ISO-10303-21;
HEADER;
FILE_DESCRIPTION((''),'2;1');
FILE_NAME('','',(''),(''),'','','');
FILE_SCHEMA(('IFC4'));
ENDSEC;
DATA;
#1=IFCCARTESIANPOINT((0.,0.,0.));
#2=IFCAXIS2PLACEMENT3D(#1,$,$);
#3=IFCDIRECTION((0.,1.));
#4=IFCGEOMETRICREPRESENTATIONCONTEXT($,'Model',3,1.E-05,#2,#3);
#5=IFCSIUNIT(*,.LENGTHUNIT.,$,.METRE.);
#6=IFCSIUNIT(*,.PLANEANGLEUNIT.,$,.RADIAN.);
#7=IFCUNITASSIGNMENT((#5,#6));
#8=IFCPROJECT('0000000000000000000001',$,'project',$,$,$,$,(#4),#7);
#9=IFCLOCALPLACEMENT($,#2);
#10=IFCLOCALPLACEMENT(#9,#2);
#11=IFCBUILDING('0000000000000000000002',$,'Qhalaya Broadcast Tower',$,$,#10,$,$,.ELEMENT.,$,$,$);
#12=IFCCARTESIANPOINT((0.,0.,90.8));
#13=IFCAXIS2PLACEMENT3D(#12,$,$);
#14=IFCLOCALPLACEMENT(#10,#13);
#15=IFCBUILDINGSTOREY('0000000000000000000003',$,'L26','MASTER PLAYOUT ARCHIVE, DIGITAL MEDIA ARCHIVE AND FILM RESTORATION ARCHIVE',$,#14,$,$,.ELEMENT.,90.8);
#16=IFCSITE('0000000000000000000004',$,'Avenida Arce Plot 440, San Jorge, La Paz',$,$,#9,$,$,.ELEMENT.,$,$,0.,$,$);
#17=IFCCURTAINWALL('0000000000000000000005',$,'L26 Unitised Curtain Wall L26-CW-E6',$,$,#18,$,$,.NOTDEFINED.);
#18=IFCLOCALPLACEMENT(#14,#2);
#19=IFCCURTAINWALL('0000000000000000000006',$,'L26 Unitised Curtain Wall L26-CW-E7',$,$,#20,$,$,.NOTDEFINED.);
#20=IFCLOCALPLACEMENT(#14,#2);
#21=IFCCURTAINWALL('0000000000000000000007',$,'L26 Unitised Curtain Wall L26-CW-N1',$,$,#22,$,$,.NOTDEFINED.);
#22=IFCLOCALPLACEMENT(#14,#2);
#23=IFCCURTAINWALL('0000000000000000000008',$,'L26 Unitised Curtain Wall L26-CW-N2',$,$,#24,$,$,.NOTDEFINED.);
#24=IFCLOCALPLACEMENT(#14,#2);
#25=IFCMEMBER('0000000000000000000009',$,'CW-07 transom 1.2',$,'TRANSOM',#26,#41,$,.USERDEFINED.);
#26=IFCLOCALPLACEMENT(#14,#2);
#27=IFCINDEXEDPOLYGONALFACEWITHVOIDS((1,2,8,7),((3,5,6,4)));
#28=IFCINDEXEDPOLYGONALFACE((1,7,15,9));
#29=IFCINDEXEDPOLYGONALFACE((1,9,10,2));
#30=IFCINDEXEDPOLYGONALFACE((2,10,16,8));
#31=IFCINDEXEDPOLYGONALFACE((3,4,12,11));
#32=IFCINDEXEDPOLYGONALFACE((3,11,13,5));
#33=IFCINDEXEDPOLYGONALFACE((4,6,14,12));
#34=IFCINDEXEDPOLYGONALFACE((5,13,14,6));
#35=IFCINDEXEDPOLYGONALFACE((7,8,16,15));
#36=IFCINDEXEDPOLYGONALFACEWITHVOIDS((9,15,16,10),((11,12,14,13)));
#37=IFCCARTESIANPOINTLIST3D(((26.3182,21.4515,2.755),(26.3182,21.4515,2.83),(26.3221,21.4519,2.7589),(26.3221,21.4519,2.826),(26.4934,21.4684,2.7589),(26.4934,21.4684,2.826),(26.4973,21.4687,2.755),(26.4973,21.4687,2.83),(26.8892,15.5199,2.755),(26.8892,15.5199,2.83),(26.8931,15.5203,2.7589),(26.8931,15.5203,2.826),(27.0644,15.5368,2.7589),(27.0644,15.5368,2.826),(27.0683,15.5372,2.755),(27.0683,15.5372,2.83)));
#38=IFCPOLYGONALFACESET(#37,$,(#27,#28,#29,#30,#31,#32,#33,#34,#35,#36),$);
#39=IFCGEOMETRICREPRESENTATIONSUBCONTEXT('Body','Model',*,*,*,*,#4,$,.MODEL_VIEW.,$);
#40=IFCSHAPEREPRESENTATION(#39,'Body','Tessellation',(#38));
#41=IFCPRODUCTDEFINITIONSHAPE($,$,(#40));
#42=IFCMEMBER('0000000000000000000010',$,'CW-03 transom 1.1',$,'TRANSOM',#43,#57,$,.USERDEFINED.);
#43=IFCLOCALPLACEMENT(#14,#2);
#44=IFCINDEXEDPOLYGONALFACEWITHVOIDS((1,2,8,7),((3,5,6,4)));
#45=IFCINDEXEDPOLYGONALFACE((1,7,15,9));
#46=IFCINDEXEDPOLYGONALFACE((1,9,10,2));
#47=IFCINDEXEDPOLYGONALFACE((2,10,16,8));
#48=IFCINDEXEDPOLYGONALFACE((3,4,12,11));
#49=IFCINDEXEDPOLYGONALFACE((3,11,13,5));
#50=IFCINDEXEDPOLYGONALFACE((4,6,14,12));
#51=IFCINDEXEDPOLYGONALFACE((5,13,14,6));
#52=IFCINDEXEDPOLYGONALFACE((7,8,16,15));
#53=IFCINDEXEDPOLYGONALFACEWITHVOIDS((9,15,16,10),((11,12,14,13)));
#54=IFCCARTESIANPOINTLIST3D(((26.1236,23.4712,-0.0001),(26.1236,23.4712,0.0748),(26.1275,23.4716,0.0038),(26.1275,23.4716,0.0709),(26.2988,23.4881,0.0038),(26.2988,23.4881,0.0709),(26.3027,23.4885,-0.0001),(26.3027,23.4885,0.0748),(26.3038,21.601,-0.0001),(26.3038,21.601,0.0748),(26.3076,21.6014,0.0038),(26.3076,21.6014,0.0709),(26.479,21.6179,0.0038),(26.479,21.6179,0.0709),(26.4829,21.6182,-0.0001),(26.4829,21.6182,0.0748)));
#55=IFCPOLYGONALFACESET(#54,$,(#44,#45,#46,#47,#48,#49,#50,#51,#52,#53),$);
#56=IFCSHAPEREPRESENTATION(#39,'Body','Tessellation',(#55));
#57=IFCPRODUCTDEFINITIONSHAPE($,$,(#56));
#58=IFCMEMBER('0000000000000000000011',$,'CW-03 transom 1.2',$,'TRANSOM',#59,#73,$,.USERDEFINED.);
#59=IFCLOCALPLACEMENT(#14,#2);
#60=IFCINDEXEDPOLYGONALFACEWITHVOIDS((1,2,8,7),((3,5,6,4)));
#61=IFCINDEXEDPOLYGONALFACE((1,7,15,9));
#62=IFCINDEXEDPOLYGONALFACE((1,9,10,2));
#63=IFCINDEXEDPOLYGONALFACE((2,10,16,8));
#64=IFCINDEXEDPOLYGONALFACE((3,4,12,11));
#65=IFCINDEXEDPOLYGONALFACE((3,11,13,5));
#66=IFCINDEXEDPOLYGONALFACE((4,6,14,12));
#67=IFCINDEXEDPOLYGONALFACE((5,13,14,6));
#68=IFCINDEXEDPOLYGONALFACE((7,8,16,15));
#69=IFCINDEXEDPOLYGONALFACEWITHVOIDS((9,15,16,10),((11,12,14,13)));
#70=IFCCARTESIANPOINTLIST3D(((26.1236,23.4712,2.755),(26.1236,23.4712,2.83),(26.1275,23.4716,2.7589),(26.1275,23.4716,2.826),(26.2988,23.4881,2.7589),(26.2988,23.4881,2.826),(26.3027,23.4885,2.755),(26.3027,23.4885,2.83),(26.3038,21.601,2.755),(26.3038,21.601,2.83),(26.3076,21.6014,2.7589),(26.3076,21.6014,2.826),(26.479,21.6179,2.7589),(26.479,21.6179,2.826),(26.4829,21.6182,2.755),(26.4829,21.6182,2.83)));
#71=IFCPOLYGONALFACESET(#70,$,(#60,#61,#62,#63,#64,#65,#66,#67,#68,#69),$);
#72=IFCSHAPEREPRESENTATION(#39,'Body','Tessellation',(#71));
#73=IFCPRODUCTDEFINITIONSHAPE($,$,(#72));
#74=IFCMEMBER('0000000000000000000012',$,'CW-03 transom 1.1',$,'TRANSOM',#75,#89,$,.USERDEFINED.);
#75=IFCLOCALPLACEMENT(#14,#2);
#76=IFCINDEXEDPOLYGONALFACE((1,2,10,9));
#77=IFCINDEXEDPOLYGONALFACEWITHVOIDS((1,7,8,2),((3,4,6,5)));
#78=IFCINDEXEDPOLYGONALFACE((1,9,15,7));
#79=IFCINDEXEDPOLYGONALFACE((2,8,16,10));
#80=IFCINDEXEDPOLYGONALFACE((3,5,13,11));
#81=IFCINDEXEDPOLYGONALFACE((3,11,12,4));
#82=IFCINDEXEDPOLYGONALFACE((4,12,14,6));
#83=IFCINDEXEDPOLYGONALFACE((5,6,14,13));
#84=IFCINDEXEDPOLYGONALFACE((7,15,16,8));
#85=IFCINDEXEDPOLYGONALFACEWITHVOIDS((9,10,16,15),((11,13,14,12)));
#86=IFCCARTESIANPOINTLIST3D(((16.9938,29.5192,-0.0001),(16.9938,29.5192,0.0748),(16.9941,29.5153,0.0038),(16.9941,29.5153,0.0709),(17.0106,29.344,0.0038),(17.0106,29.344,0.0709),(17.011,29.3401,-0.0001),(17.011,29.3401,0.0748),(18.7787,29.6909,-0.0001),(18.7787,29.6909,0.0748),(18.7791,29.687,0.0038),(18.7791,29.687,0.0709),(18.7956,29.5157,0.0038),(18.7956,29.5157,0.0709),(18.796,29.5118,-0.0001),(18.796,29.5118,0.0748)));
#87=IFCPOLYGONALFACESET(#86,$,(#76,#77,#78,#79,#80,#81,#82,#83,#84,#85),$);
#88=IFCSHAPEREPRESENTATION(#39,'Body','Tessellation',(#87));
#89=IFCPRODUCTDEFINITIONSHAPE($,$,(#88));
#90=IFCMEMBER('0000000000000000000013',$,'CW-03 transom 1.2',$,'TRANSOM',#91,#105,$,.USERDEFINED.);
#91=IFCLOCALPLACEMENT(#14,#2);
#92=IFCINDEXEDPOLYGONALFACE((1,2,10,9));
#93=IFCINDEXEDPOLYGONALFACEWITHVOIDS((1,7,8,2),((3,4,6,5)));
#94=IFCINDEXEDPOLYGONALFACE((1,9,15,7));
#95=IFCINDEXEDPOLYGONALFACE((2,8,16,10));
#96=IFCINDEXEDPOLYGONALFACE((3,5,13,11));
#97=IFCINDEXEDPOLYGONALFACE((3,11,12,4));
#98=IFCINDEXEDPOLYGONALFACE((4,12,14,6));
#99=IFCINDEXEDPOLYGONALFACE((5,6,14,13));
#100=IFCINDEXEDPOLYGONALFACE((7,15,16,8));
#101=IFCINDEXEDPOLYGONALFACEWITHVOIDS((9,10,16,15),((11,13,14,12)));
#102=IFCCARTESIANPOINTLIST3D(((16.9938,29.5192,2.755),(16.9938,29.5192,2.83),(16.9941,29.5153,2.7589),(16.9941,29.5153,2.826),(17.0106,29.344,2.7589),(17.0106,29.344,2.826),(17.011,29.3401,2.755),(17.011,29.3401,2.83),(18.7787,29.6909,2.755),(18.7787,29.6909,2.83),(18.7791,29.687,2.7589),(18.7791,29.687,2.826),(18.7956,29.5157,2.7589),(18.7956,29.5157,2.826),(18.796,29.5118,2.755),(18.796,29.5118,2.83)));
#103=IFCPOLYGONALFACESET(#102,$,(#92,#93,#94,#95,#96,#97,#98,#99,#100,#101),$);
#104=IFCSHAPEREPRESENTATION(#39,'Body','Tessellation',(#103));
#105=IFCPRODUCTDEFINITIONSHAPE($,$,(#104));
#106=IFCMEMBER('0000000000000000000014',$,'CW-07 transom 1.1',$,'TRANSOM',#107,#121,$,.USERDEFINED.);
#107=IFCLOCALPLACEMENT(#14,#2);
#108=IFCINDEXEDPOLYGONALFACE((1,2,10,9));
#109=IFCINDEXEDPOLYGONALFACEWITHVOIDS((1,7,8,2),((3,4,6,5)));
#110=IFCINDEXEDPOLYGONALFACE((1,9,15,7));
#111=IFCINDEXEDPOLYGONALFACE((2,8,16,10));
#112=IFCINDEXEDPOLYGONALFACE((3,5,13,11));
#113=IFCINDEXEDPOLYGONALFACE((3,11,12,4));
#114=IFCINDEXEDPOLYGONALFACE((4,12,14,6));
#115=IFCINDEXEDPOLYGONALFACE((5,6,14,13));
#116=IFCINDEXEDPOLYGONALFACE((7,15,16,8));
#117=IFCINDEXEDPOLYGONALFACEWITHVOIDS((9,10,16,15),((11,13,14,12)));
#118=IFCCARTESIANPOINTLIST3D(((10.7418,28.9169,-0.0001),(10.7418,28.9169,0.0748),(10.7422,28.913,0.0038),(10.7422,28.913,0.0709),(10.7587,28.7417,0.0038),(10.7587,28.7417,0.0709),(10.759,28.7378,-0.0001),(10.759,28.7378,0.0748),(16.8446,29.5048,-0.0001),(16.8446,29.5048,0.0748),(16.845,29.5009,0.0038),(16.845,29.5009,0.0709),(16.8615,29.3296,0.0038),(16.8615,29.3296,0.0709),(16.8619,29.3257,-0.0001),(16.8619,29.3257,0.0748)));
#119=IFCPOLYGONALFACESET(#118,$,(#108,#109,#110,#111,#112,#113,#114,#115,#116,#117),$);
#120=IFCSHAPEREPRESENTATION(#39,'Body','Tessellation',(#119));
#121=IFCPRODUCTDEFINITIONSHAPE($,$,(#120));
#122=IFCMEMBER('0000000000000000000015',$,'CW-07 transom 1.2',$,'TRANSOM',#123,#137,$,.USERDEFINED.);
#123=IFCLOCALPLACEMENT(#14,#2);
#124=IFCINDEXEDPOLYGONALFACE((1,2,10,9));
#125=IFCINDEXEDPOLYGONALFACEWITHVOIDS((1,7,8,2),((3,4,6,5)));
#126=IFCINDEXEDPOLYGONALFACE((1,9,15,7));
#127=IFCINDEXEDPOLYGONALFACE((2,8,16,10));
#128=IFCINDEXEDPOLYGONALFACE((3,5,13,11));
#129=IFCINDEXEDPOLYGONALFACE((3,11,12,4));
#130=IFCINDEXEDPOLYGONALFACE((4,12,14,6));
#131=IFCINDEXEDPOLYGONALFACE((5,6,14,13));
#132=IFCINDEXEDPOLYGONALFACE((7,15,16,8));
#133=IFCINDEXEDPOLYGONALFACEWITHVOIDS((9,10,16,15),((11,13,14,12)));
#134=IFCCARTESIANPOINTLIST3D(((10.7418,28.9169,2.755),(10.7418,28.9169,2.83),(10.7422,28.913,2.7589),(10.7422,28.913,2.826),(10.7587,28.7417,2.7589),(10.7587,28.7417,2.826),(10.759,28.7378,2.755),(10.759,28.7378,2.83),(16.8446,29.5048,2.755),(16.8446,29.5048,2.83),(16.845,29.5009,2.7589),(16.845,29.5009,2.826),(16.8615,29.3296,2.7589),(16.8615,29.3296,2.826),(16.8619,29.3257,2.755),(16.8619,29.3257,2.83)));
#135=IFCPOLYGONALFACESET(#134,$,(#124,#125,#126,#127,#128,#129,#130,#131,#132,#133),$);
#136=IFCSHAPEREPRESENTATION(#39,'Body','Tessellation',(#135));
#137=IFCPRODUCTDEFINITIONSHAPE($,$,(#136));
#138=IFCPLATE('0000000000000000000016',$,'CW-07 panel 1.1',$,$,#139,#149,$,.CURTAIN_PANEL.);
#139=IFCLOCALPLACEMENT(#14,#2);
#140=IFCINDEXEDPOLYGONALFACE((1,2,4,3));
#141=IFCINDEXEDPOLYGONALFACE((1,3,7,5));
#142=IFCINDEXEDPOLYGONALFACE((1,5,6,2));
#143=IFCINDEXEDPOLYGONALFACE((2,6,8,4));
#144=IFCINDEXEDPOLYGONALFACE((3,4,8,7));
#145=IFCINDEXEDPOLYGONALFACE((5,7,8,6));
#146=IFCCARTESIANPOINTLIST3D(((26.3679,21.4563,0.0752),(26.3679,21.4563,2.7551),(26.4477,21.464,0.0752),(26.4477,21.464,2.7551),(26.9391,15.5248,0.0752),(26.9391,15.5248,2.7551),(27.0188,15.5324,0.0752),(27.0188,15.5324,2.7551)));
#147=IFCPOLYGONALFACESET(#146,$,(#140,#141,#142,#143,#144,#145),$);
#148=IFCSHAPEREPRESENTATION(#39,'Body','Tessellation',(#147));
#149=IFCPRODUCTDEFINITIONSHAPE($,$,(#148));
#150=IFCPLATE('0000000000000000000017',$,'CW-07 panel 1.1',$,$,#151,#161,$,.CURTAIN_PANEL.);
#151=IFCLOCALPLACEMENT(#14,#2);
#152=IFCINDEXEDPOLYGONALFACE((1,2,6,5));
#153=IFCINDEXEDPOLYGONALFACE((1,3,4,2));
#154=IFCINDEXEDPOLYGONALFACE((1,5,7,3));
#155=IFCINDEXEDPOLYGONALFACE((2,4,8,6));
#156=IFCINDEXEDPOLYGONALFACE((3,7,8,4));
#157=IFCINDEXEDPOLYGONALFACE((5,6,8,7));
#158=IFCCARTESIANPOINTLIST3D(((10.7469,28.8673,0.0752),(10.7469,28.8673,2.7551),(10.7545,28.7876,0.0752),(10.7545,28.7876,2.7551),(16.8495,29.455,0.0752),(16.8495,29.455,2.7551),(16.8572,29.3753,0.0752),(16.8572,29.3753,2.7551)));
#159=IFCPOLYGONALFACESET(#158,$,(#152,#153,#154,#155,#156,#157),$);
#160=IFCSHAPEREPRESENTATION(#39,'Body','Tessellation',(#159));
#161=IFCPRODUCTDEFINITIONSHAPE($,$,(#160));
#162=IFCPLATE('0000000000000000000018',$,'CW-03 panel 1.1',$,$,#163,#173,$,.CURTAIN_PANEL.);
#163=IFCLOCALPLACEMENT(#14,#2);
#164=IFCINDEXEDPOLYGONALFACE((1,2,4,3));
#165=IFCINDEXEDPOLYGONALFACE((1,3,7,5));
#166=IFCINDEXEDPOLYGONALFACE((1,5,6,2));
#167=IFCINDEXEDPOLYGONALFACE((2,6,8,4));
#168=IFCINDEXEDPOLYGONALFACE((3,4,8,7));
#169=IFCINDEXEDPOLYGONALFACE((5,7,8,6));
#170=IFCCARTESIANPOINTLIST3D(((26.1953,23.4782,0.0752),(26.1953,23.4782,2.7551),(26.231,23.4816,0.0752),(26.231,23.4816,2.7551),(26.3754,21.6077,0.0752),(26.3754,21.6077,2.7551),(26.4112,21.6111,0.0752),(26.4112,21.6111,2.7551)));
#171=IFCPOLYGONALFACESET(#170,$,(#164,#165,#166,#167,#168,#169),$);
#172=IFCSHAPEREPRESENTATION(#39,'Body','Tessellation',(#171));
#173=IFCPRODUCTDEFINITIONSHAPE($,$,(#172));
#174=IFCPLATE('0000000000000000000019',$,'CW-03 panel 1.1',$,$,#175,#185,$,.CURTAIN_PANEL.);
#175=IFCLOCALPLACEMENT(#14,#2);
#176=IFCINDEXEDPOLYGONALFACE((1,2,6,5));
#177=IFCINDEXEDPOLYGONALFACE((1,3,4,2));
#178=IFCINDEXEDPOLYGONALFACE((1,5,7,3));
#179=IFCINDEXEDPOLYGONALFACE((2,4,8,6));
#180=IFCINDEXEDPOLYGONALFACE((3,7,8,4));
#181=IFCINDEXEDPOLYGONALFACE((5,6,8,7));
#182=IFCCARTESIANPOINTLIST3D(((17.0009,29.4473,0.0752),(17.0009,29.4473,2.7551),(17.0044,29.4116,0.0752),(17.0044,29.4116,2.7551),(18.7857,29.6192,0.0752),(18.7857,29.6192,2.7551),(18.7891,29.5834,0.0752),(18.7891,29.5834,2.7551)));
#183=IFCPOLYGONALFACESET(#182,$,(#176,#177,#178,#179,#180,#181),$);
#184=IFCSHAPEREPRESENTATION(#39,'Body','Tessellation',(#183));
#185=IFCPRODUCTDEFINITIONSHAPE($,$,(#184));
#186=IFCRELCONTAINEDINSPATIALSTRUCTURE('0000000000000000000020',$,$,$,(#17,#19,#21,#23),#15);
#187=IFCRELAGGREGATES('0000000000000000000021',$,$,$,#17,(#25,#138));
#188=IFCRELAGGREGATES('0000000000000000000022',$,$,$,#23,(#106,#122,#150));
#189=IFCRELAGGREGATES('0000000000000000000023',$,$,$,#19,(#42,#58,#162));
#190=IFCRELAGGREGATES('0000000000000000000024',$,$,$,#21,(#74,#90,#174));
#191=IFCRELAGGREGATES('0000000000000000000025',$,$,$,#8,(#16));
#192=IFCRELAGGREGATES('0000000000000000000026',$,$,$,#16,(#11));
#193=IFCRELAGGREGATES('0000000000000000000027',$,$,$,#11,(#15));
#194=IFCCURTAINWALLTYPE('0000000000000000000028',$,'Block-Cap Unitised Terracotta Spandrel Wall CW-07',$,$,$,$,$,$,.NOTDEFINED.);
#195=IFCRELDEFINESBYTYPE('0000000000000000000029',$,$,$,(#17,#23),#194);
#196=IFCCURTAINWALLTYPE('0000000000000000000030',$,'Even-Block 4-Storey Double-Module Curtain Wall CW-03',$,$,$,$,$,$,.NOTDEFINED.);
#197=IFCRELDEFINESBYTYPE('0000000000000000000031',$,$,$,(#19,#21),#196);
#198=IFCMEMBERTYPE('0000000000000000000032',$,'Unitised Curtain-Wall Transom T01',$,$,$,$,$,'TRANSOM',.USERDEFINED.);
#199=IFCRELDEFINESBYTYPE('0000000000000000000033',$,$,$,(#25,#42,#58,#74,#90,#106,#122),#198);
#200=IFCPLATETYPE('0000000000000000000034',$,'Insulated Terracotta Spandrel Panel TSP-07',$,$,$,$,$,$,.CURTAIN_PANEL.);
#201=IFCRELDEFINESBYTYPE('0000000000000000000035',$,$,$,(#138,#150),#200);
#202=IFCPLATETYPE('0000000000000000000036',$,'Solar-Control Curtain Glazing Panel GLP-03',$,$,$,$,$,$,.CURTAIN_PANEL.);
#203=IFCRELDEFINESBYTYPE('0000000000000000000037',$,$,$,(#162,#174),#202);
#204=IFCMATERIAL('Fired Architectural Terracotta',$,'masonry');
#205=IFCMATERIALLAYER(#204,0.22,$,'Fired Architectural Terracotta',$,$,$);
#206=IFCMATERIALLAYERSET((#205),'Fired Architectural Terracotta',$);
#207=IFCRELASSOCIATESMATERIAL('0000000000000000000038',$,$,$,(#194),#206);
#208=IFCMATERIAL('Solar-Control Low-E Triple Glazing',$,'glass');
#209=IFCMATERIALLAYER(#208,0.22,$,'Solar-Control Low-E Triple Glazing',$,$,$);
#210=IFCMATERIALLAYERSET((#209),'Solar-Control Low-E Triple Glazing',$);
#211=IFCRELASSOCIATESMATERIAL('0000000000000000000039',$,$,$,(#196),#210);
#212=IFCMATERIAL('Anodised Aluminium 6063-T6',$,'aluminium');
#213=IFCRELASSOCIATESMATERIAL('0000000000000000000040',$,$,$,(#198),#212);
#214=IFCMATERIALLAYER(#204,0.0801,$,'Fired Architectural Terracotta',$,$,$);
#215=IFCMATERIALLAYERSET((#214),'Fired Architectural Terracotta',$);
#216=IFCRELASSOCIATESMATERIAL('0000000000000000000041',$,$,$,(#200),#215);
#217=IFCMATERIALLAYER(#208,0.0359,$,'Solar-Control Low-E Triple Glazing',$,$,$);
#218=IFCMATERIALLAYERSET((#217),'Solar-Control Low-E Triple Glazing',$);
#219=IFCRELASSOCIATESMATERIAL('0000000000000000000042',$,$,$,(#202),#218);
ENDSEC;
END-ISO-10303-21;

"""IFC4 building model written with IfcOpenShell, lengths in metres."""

from ifc_helpers import new_model, si_unit, direction, frame, origin, origin_2d, place, context, subcontext, project, spatial, rectangle, hollow_rectangle, extrude, material, layer, layer_set, material_profile, profile_set, type_object, element, aggregate, save


model = new_model("IFC4")

# Units and contexts
model_context = context("Model", 3, precision=1e-05, world=origin(), true_north=direction((0.0, 1.0)))
body_context = subcontext(model_context, "Body", "Model", "MODEL_VIEW")
ifc_project = project(units=[si_unit("LENGTHUNIT", "METRE"), si_unit("PLANEANGLEUNIT", "RADIAN")], contexts=[model_context])

# Site, building, storey
site_placement = place(None, origin())
site = spatial("IfcSite", under=ifc_project, at=site_placement, Name="Avenida Arce Plot 440, San Jorge, La Paz", CompositionType="ELEMENT", RefElevation=0.0)
building_placement = place(site_placement, origin())
building = spatial("IfcBuilding", under=site, at=building_placement, Name="Qhalaya Broadcast Tower", CompositionType="ELEMENT")
storey_placement = place(building_placement, frame((0.0, 0.0, 90.8)))
storey = spatial("IfcBuildingStorey", under=building, at=storey_placement, Name="L26", Description="MASTER PLAYOUT ARCHIVE, DIGITAL MEDIA ARCHIVE AND FILM RESTORATION ARCHIVE", CompositionType="ELEMENT", Elevation=90.8)

# Curtain wall
ifc_material_1 = material(Name="Fired Architectural Terracotta", Category="masonry")
ifc_layer_1 = layer(ifc_material_1, 0.22, Name="Fired Architectural Terracotta")
ifc_layer_set_1 = layer_set([ifc_layer_1], Name="Fired Architectural Terracotta")
curtain_wall_type_1 = type_object("IfcCurtainWallType", Name="Block-Cap Unitised Terracotta Spandrel Wall CW-07", PredefinedType="NOTDEFINED", material=ifc_layer_set_1)
curtain_wall_1_placement = place(storey_placement, origin())
curtain_wall_1 = element("IfcCurtainWall", 1, at=curtain_wall_1_placement, inside=storey, type_object=curtain_wall_type_1, Name="L26 Unitised Curtain Wall L26-CW-E6", PredefinedType="NOTDEFINED")
ifc_material_2 = material(Name="Anodised Aluminium 6063-T6", Category="aluminium")

# Curtain walls
ifc_material_3 = material(Name="Solar-Control Low-E Triple Glazing", Category="glass")
ifc_layer_2 = layer(ifc_material_3, 0.22, Name="Solar-Control Low-E Triple Glazing")
ifc_layer_set_2 = layer_set([ifc_layer_2], Name="Solar-Control Low-E Triple Glazing")
curtain_wall_type_2 = type_object("IfcCurtainWallType", Name="Even-Block 4-Storey Double-Module Curtain Wall CW-03", PredefinedType="NOTDEFINED", material=ifc_layer_set_2)
curtain_wall_2_placement = place(storey_placement, origin())
curtain_wall_2 = element("IfcCurtainWall", 2, at=curtain_wall_2_placement, inside=storey, type_object=curtain_wall_type_2, Name="L26 Unitised Curtain Wall L26-CW-E7", PredefinedType="NOTDEFINED")
curtain_wall_3_placement = place(storey_placement, origin())
curtain_wall_3 = element("IfcCurtainWall", 3, at=curtain_wall_3_placement, inside=storey, type_object=curtain_wall_type_2, Name="L26 Unitised Curtain Wall L26-CW-N1", PredefinedType="NOTDEFINED")

# Curtain wall
curtain_wall_4_placement = place(storey_placement, origin())
curtain_wall_4 = element("IfcCurtainWall", 4, at=curtain_wall_4_placement, inside=storey, type_object=curtain_wall_type_1, Name="L26 Unitised Curtain Wall L26-CW-N2", PredefinedType="NOTDEFINED")

# Members
ifc_material_profile_1 = material_profile(ifc_material_2, hollow_rectangle(XDim=0.075, YDim=0.1799, WallThickness=0.0039, at=origin_2d()), Name="ALU-TRN 75x180x4")
ifc_profile_set_1 = profile_set([ifc_material_profile_1], Name="Anodised Aluminium 6063-T6")
member_type_1 = type_object("IfcMemberType", Name="Unitised Curtain-Wall Transom T01", ElementType="TRANSOM", PredefinedType="USERDEFINED", material=ifc_profile_set_1)
member_1_placement = place(storey_placement, frame((26.9788, 15.5286, 2.7925), z_axis=(-0.095828, 0.995398, 0.0), x_axis=(0.0, 0.0, 1.0)))
member_1 = element("IfcMember", 5, at=member_1_placement, type_object=member_type_1, Name="CW-07 transom 1.2", ObjectType="TRANSOM", PredefinedType="USERDEFINED", context=body_context, shape_type="SweptSolid", body=[
    extrude(hollow_rectangle(XDim=0.075, YDim=0.1799, WallThickness=0.0039, at=origin_2d()), origin(), (0.0, 0.0, 1.0), 5.959),
])
member_2_placement = place(storey_placement, frame((26.3933, 21.6096, 0.0374), z_axis=(-0.095888, 0.995392, 0.0), x_axis=(0.0, 0.0, 1.0)))
member_2 = element("IfcMember", 6, at=member_2_placement, type_object=member_type_1, Name="CW-03 transom 1.1", ObjectType="TRANSOM", PredefinedType="USERDEFINED", context=body_context, shape_type="SweptSolid", body=[
    extrude(hollow_rectangle(XDim=0.075, YDim=0.1799, WallThickness=0.0039, at=origin_2d()), origin(), (0.0, 0.0, 1.0), 1.8789),
])
member_3_placement = place(storey_placement, frame((26.3933, 21.6096, 2.7925), z_axis=(-0.095888, 0.995392, 0.0), x_axis=(0.0, 0.0, 1.0)))
member_3 = element("IfcMember", 7, at=member_3_placement, type_object=member_type_1, Name="CW-03 transom 1.2", ObjectType="TRANSOM", PredefinedType="USERDEFINED", context=body_context, shape_type="SweptSolid", body=[
    extrude(hollow_rectangle(XDim=0.075, YDim=0.1799, WallThickness=0.0039, at=origin_2d()), origin(), (0.0, 0.0, 1.0), 1.8789),
])
member_4_placement = place(storey_placement, frame((18.7874, 29.6013, 0.0374), z_axis=(-0.995409, -0.095715, 0.0), x_axis=(0.0, 0.0, 1.0)))
member_4 = element("IfcMember", 8, at=member_4_placement, type_object=member_type_1, Name="CW-03 transom 1.1", ObjectType="TRANSOM", PredefinedType="USERDEFINED", context=body_context, shape_type="SweptSolid", body=[
    extrude(hollow_rectangle(XDim=0.075, YDim=0.1799, WallThickness=0.0039, at=origin_2d()), origin(), (0.0, 0.0, 1.0), 1.7932),
])
member_5_placement = place(storey_placement, frame((18.7874, 29.6013, 2.7925), z_axis=(-0.995409, -0.095715, 0.0), x_axis=(0.0, 0.0, 1.0)))
member_5 = element("IfcMember", 9, at=member_5_placement, type_object=member_type_1, Name="CW-03 transom 1.2", ObjectType="TRANSOM", PredefinedType="USERDEFINED", context=body_context, shape_type="SweptSolid", body=[
    extrude(hollow_rectangle(XDim=0.075, YDim=0.1799, WallThickness=0.0039, at=origin_2d()), origin(), (0.0, 0.0, 1.0), 1.7932),
])
member_6_placement = place(storey_placement, frame((16.8533, 29.4153, 0.0374), z_axis=(-0.995392, -0.095888, 0.0), x_axis=(0.0, 0.0, 1.0)))
member_6 = element("IfcMember", 10, at=member_6_placement, type_object=member_type_1, Name="CW-07 transom 1.1", ObjectType="TRANSOM", PredefinedType="USERDEFINED", context=body_context, shape_type="SweptSolid", body=[
    extrude(hollow_rectangle(XDim=0.075, YDim=0.1799, WallThickness=0.0039, at=origin_2d()), origin(), (0.0, 0.0, 1.0), 6.1311),
])
member_7_placement = place(storey_placement, frame((16.8533, 29.4153, 2.7925), z_axis=(-0.995392, -0.095888, 0.0), x_axis=(0.0, 0.0, 1.0)))
member_7 = element("IfcMember", 11, at=member_7_placement, type_object=member_type_1, Name="CW-07 transom 1.2", ObjectType="TRANSOM", PredefinedType="USERDEFINED", context=body_context, shape_type="SweptSolid", body=[
    extrude(hollow_rectangle(XDim=0.075, YDim=0.1799, WallThickness=0.0039, at=origin_2d()), origin(), (0.0, 0.0, 1.0), 6.1311),
])

# Plates
ifc_layer_3 = layer(ifc_material_1, 0.0801, Name="Fired Architectural Terracotta")
ifc_layer_set_3 = layer_set([ifc_layer_3], Name="Fired Architectural Terracotta")
plate_type_1 = type_object("IfcPlateType", Name="Insulated Terracotta Spandrel Panel TSP-07", PredefinedType="CURTAIN_PANEL", material=ifc_layer_set_3)
plate_1_placement = place(storey_placement, frame((26.6934, 18.4944, 0.0752), z_axis=(0.0, 0.0, 1.0), x_axis=(-0.095842, 0.995397, 0.0)))
plate_1 = element("IfcPlate", 12, at=plate_1_placement, type_object=plate_type_1, Name="CW-07 panel 1.1", PredefinedType="CURTAIN_PANEL", context=body_context, shape_type="SweptSolid", body=[
    extrude(rectangle(XDim=5.959, YDim=0.0801, at=origin_2d()), origin(), (0.0, 0.0, 1.0), 2.6799),
])
aggregate(curtain_wall_1, [member_1, plate_1])
plate_2_placement = place(storey_placement, frame((13.802, 29.1213, 0.0752), z_axis=(0.0, 0.0, 1.0), x_axis=(-0.995395, -0.095862, 0.0)))
plate_2 = element("IfcPlate", 13, at=plate_2_placement, type_object=plate_type_1, Name="CW-07 panel 1.1", PredefinedType="CURTAIN_PANEL", context=body_context, shape_type="SweptSolid", body=[
    extrude(rectangle(XDim=6.1309, YDim=0.0801, at=origin_2d()), origin(), (0.0, 0.0, 1.0), 2.6799),
])
aggregate(curtain_wall_4, [member_6, member_7, plate_2])
ifc_layer_4 = layer(ifc_material_3, 0.0359, Name="Solar-Control Low-E Triple Glazing")
ifc_layer_set_4 = layer_set([ifc_layer_4], Name="Solar-Control Low-E Triple Glazing")
plate_type_2 = type_object("IfcPlateType", Name="Solar-Control Curtain Glazing Panel GLP-03", PredefinedType="CURTAIN_PANEL", material=ifc_layer_set_4)
plate_3_placement = place(storey_placement, frame((26.3032, 22.5447, 0.0752), z_axis=(0.0, 0.0, 1.0), x_axis=(-0.095858, 0.995395, 0.0)))
plate_3 = element("IfcPlate", 14, at=plate_3_placement, type_object=plate_type_2, Name="CW-03 panel 1.1", PredefinedType="CURTAIN_PANEL", context=body_context, shape_type="SweptSolid", body=[
    extrude(rectangle(XDim=1.8792, YDim=0.0359, at=origin_2d()), origin(), (0.0, 0.0, 1.0), 2.6799),
])
aggregate(curtain_wall_2, [member_2, member_3, plate_3])
plate_4_placement = place(storey_placement, frame((17.895, 29.5154, 0.0752), z_axis=(0.0, 0.0, 1.0), x_axis=(-0.995398, -0.095829, 0.0)))
plate_4 = element("IfcPlate", 15, at=plate_4_placement, type_object=plate_type_2, Name="CW-03 panel 1.1", PredefinedType="CURTAIN_PANEL", context=body_context, shape_type="SweptSolid", body=[
    extrude(rectangle(XDim=1.793, YDim=0.0359, at=origin_2d()), origin(), (0.0, 0.0, 1.0), 2.6799),
])
aggregate(curtain_wall_3, [member_4, member_5, plate_4])

save(model, "model.ifc")
